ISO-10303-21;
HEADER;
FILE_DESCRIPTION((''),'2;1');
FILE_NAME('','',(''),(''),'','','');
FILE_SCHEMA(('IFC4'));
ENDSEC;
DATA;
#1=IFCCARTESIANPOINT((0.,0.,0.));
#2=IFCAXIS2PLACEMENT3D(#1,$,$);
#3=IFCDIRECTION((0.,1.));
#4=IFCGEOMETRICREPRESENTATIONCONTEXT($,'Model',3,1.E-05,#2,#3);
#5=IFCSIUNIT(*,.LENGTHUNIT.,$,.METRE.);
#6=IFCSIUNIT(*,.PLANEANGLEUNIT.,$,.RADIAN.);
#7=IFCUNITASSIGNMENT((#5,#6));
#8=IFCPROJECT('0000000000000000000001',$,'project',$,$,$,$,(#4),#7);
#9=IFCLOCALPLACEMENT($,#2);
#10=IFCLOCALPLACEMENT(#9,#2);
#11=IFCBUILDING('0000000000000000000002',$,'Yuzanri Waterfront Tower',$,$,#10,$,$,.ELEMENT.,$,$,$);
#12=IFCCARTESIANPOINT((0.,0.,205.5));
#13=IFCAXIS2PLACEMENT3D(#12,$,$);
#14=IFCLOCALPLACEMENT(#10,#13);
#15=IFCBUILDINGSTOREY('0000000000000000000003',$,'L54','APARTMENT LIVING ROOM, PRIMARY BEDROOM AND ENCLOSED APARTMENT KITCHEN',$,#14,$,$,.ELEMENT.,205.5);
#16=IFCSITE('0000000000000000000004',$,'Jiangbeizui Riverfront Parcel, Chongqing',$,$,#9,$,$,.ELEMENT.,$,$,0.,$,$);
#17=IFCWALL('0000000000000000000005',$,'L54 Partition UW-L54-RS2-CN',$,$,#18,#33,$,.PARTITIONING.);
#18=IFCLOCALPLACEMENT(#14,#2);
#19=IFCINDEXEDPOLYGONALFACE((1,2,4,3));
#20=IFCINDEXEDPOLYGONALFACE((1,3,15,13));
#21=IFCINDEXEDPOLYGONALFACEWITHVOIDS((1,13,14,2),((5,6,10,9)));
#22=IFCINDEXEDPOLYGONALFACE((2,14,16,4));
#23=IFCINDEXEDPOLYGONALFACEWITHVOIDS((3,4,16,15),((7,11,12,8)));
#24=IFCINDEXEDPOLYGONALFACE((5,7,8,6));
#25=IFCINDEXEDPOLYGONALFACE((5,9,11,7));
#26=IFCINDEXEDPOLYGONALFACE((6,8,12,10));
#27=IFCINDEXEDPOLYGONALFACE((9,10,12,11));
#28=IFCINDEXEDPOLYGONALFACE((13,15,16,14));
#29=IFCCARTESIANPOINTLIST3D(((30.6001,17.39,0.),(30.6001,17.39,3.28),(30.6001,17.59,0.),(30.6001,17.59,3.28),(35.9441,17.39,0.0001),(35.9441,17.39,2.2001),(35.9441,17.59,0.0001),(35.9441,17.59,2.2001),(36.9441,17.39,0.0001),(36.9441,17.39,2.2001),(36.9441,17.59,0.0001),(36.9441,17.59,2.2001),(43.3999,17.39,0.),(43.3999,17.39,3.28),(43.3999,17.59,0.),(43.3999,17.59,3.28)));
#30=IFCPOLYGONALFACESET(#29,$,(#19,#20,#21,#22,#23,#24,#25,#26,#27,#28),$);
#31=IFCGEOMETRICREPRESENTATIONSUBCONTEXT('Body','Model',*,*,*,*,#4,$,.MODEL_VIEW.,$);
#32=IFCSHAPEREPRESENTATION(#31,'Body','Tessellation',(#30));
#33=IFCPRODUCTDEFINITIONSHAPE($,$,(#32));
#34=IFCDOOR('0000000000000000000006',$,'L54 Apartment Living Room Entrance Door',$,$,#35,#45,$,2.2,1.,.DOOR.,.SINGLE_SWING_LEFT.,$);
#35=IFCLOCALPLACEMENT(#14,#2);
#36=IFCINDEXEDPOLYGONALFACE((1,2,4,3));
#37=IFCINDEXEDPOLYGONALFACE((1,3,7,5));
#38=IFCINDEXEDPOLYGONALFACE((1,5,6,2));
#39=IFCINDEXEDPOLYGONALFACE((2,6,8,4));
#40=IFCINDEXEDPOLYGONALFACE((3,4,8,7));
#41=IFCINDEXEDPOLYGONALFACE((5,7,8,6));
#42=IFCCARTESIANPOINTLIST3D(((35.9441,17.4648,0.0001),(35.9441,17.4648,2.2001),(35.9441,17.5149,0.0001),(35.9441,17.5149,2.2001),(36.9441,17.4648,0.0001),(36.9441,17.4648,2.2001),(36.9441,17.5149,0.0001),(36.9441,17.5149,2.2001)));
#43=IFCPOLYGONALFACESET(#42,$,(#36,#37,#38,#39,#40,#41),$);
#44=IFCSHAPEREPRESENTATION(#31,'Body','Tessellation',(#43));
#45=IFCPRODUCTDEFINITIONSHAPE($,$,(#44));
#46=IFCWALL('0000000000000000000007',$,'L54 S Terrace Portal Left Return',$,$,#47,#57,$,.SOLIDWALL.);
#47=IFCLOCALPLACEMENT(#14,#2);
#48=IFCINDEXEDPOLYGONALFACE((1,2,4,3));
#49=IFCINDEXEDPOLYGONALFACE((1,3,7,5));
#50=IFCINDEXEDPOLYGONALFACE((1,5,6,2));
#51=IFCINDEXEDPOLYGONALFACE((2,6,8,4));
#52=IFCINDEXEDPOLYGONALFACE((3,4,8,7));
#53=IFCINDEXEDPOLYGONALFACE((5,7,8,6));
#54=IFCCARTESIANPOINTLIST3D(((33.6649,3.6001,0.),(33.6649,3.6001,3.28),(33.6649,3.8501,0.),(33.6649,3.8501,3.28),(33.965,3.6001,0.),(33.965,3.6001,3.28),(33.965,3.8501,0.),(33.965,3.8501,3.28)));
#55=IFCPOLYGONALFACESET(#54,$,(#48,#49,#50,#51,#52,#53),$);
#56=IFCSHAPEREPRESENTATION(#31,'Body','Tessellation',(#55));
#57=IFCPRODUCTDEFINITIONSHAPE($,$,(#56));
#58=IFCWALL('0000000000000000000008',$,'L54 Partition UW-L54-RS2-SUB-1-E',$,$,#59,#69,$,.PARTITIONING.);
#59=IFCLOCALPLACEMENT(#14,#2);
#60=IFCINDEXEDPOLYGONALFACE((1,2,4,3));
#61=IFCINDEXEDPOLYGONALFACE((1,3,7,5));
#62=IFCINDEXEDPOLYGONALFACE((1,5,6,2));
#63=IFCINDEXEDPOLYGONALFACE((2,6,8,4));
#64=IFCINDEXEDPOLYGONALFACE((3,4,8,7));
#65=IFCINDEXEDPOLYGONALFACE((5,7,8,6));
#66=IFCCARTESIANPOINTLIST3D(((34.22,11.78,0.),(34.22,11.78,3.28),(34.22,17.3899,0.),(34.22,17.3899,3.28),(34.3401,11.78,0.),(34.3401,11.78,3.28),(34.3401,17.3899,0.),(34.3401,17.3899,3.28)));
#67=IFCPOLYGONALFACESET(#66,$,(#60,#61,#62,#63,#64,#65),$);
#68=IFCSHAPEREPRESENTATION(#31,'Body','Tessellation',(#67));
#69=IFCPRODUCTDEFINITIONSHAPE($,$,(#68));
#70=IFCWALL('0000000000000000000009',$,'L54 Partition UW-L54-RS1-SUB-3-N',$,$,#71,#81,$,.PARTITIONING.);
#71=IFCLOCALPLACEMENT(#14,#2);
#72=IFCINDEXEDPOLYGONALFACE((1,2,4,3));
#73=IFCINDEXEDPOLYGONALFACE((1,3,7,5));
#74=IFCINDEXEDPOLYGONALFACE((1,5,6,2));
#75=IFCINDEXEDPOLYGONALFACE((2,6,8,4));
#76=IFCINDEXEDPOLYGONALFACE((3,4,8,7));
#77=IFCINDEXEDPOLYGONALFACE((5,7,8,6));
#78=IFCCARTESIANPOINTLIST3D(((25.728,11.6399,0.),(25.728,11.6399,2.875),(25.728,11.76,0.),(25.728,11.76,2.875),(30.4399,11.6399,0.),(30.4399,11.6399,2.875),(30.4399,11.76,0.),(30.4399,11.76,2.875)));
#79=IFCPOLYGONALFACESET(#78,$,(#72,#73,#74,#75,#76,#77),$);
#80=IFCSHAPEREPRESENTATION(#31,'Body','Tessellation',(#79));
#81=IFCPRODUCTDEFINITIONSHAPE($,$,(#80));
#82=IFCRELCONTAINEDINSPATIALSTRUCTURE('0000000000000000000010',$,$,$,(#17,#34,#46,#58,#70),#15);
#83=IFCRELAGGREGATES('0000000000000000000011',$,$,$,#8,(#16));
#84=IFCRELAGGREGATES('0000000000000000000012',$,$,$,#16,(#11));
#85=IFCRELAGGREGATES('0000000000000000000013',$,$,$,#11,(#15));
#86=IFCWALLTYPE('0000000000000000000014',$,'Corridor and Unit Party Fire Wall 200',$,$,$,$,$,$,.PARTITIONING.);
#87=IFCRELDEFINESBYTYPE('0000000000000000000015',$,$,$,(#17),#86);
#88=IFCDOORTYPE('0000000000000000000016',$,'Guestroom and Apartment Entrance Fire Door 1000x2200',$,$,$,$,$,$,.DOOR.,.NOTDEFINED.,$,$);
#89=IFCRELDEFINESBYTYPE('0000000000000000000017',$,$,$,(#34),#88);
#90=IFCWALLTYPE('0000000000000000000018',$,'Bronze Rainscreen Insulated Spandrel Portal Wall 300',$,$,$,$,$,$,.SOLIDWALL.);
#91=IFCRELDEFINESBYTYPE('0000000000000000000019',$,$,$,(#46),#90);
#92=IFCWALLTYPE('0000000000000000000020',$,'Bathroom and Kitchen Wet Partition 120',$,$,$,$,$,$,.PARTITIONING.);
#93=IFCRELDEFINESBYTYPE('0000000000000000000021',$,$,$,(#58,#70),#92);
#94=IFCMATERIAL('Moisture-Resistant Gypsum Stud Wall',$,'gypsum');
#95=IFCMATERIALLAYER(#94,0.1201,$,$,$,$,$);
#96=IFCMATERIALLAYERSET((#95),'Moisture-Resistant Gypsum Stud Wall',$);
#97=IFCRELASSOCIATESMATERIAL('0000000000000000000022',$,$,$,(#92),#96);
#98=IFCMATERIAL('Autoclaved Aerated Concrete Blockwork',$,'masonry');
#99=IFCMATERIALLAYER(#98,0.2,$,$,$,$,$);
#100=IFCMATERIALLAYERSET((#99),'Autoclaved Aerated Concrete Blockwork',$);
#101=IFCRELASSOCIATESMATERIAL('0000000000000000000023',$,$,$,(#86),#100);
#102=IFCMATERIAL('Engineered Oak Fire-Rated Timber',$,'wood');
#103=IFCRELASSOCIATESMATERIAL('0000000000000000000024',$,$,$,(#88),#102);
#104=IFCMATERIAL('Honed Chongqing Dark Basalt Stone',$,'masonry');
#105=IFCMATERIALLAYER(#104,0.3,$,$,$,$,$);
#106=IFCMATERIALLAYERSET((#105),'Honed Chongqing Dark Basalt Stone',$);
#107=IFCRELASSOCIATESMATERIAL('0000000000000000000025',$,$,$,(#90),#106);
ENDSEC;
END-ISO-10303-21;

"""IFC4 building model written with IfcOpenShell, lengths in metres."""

from ifc_helpers import new_model, si_unit, direction, frame, frame_2d, origin, place, context, subcontext, project, spatial, rectangle, extrude, source, transform, mapped, material, layer, layer_set, type_object, element, fill, save


model = new_model("IFC4")

# Units and contexts
model_context = context("Model", 3, precision=1e-05, world=origin(), true_north=direction((0.0, 1.0)))
body_context = subcontext(model_context, "Body", "Model", "MODEL_VIEW")
ifc_project = project(units=[si_unit("LENGTHUNIT", "METRE"), si_unit("PLANEANGLEUNIT", "RADIAN")], contexts=[model_context])

# Site, building, storey
site_placement = place(None, origin())
site = spatial("IfcSite", under=ifc_project, at=site_placement, Name="Jiangbeizui Riverfront Parcel, Chongqing", CompositionType="ELEMENT", RefElevation=0.0)
building_placement = place(site_placement, origin())
building = spatial("IfcBuilding", under=site, at=building_placement, Name="Yuzanri Waterfront Tower", CompositionType="ELEMENT")
storey_placement = place(building_placement, frame((0.0, 0.0, 205.5)))
storey = spatial("IfcBuildingStorey", under=building, at=storey_placement, Name="L54", Description="APARTMENT LIVING ROOM, PRIMARY BEDROOM AND ENCLOSED APARTMENT KITCHEN", CompositionType="ELEMENT", Elevation=205.5)

# Shared definitions
ifc_material_1 = material(Name="Moisture-Resistant Gypsum Stud Wall", Category="gypsum")
ifc_layer_1 = layer(ifc_material_1, 0.1201)
ifc_layer_set_1 = layer_set([ifc_layer_1], Name="Moisture-Resistant Gypsum Stud Wall")
wall_type_1 = type_object("IfcWallType", Name="Bathroom and Kitchen Wet Partition 120", PredefinedType="PARTITIONING", material=ifc_layer_set_1)

# Wall, opening, door
ifc_material_2 = material(Name="Autoclaved Aerated Concrete Blockwork", Category="masonry")
ifc_layer_2 = layer(ifc_material_2, 0.2)
ifc_layer_set_2 = layer_set([ifc_layer_2], Name="Autoclaved Aerated Concrete Blockwork")
wall_type_2 = type_object("IfcWallType", Name="Corridor and Unit Party Fire Wall 200", PredefinedType="PARTITIONING", material=ifc_layer_set_2)
wall_1_placement = place(storey_placement, frame((30.6001, 17.49, 0.0), z_axis=(0.0, 0.0, 1.0), x_axis=(1.0, 0.0, 0.0)))
wall_1 = element("IfcWall", 1, at=wall_1_placement, inside=storey, type_object=wall_type_2, Name="L54 Partition UW-L54-RS2-CN", PredefinedType="PARTITIONING", context=body_context, shape_type="SweptSolid", body=[
    extrude(rectangle(XDim=12.7998, YDim=0.2, at=frame_2d((6.3999, 0.0))), origin(), (0.0, 0.0, 1.0), 3.28),
])
opening_1_placement = place(wall_1_placement, frame((5.344, 0.0, 0.0)))
opening_1 = element("IfcOpeningElement", 2, at=opening_1_placement, cuts=wall_1, PredefinedType="OPENING", context=body_context, shape_type="SweptSolid", body=[
    extrude(rectangle(XDim=1.0, YDim=2.2, at=frame_2d((0.5, 1.1001))), frame((0.0, 0.1147, 0.0), z_axis=(0.0, -1.0, 0.0), x_axis=(1.0, 0.0, 0.0)), (0.0, 0.0, 1.0), 0.2297),
])
ifc_material_3 = material(Name="Engineered Oak Fire-Rated Timber", Category="wood")
door_type_1 = type_object("IfcDoorType", Name="Guestroom and Apartment Entrance Fire Door 1000x2200", OperationType="NOTDEFINED", PredefinedType="DOOR", material=ifc_material_3)
shared_shape_1 = source(origin(), body_context, "Body", "SweptSolid", [
    extrude(rectangle(XDim=1.0, YDim=2.2, at=frame_2d((0.5, 1.1001))), frame((0.0, 0.0249, 0.0), z_axis=(0.0, -1.0, 0.0), x_axis=(1.0, 0.0, 0.0)), (0.0, 0.0, 1.0), 0.05),
])
door_1_placement = place(opening_1_placement, origin())
door_1 = element("IfcDoor", 3, at=door_1_placement, inside=storey, type_object=door_type_1, Name="L54 Apartment Living Room Entrance Door", OperationType="SINGLE_SWING_LEFT", OverallHeight=2.2, OverallWidth=1.0, PredefinedType="DOOR", context=body_context, shape_type="MappedRepresentation", body=[
    mapped(shared_shape_1, transform((0.0, 0.0, 0.0), scale=1.0)),
])
fill(opening_1, door_1)

# Walls
ifc_material_4 = material(Name="Honed Chongqing Dark Basalt Stone", Category="masonry")
ifc_layer_3 = layer(ifc_material_4, 0.3)
ifc_layer_set_3 = layer_set([ifc_layer_3], Name="Honed Chongqing Dark Basalt Stone")
wall_type_3 = type_object("IfcWallType", Name="Bronze Rainscreen Insulated Spandrel Portal Wall 300", PredefinedType="SOLIDWALL", material=ifc_layer_set_3)
shared_shape_2 = source(origin(), body_context, "Body", "SweptSolid", [
    extrude(rectangle(XDim=0.25, YDim=0.3, at=frame_2d((0.125, 0.0))), origin(), (0.0, 0.0, 1.0), 3.28),
])
wall_2_placement = place(storey_placement, frame((33.8149, 3.8501, 0.0), z_axis=(0.0, 0.0, 1.0), x_axis=(0.0, -1.0, 0.0)))
element("IfcWall", 4, at=wall_2_placement, inside=storey, type_object=wall_type_3, Name="L54 S Terrace Portal Left Return", PredefinedType="SOLIDWALL", context=body_context, shape_type="MappedRepresentation", body=[
    mapped(shared_shape_2, transform((0.0, 0.0, 0.0), scale=1.0)),
])
shared_shape_3 = source(origin(), body_context, "Body", "SweptSolid", [
    extrude(rectangle(XDim=5.6099, YDim=0.1201, at=frame_2d((2.8049, 0.0))), origin(), (0.0, 0.0, 1.0), 3.28),
])
wall_3_placement = place(storey_placement, frame((34.28, 11.78, 0.0), z_axis=(0.0, 0.0, 1.0), x_axis=(0.0, 1.0, 0.0)))
element("IfcWall", 5, at=wall_3_placement, inside=storey, type_object=wall_type_1, Name="L54 Partition UW-L54-RS2-SUB-1-E", PredefinedType="PARTITIONING", context=body_context, shape_type="MappedRepresentation", body=[
    mapped(shared_shape_3, transform((0.0, 0.0, 0.0), scale=1.0)),
])
shared_shape_4 = source(origin(), body_context, "Body", "SweptSolid", [
    extrude(rectangle(XDim=4.7119, YDim=0.1201, at=frame_2d((2.356, 0.0))), origin(), (0.0, 0.0, 1.0), 2.875),
])
wall_4_placement = place(storey_placement, frame((25.728, 11.7, 0.0), z_axis=(0.0, 0.0, 1.0), x_axis=(1.0, 0.0, 0.0)))
element("IfcWall", 6, at=wall_4_placement, inside=storey, type_object=wall_type_1, Name="L54 Partition UW-L54-RS1-SUB-3-N", PredefinedType="PARTITIONING", context=body_context, shape_type="MappedRepresentation", body=[
    mapped(shared_shape_4, transform((0.0, 0.0, 0.0), scale=1.0)),
])

save(model, "model.ifc")
